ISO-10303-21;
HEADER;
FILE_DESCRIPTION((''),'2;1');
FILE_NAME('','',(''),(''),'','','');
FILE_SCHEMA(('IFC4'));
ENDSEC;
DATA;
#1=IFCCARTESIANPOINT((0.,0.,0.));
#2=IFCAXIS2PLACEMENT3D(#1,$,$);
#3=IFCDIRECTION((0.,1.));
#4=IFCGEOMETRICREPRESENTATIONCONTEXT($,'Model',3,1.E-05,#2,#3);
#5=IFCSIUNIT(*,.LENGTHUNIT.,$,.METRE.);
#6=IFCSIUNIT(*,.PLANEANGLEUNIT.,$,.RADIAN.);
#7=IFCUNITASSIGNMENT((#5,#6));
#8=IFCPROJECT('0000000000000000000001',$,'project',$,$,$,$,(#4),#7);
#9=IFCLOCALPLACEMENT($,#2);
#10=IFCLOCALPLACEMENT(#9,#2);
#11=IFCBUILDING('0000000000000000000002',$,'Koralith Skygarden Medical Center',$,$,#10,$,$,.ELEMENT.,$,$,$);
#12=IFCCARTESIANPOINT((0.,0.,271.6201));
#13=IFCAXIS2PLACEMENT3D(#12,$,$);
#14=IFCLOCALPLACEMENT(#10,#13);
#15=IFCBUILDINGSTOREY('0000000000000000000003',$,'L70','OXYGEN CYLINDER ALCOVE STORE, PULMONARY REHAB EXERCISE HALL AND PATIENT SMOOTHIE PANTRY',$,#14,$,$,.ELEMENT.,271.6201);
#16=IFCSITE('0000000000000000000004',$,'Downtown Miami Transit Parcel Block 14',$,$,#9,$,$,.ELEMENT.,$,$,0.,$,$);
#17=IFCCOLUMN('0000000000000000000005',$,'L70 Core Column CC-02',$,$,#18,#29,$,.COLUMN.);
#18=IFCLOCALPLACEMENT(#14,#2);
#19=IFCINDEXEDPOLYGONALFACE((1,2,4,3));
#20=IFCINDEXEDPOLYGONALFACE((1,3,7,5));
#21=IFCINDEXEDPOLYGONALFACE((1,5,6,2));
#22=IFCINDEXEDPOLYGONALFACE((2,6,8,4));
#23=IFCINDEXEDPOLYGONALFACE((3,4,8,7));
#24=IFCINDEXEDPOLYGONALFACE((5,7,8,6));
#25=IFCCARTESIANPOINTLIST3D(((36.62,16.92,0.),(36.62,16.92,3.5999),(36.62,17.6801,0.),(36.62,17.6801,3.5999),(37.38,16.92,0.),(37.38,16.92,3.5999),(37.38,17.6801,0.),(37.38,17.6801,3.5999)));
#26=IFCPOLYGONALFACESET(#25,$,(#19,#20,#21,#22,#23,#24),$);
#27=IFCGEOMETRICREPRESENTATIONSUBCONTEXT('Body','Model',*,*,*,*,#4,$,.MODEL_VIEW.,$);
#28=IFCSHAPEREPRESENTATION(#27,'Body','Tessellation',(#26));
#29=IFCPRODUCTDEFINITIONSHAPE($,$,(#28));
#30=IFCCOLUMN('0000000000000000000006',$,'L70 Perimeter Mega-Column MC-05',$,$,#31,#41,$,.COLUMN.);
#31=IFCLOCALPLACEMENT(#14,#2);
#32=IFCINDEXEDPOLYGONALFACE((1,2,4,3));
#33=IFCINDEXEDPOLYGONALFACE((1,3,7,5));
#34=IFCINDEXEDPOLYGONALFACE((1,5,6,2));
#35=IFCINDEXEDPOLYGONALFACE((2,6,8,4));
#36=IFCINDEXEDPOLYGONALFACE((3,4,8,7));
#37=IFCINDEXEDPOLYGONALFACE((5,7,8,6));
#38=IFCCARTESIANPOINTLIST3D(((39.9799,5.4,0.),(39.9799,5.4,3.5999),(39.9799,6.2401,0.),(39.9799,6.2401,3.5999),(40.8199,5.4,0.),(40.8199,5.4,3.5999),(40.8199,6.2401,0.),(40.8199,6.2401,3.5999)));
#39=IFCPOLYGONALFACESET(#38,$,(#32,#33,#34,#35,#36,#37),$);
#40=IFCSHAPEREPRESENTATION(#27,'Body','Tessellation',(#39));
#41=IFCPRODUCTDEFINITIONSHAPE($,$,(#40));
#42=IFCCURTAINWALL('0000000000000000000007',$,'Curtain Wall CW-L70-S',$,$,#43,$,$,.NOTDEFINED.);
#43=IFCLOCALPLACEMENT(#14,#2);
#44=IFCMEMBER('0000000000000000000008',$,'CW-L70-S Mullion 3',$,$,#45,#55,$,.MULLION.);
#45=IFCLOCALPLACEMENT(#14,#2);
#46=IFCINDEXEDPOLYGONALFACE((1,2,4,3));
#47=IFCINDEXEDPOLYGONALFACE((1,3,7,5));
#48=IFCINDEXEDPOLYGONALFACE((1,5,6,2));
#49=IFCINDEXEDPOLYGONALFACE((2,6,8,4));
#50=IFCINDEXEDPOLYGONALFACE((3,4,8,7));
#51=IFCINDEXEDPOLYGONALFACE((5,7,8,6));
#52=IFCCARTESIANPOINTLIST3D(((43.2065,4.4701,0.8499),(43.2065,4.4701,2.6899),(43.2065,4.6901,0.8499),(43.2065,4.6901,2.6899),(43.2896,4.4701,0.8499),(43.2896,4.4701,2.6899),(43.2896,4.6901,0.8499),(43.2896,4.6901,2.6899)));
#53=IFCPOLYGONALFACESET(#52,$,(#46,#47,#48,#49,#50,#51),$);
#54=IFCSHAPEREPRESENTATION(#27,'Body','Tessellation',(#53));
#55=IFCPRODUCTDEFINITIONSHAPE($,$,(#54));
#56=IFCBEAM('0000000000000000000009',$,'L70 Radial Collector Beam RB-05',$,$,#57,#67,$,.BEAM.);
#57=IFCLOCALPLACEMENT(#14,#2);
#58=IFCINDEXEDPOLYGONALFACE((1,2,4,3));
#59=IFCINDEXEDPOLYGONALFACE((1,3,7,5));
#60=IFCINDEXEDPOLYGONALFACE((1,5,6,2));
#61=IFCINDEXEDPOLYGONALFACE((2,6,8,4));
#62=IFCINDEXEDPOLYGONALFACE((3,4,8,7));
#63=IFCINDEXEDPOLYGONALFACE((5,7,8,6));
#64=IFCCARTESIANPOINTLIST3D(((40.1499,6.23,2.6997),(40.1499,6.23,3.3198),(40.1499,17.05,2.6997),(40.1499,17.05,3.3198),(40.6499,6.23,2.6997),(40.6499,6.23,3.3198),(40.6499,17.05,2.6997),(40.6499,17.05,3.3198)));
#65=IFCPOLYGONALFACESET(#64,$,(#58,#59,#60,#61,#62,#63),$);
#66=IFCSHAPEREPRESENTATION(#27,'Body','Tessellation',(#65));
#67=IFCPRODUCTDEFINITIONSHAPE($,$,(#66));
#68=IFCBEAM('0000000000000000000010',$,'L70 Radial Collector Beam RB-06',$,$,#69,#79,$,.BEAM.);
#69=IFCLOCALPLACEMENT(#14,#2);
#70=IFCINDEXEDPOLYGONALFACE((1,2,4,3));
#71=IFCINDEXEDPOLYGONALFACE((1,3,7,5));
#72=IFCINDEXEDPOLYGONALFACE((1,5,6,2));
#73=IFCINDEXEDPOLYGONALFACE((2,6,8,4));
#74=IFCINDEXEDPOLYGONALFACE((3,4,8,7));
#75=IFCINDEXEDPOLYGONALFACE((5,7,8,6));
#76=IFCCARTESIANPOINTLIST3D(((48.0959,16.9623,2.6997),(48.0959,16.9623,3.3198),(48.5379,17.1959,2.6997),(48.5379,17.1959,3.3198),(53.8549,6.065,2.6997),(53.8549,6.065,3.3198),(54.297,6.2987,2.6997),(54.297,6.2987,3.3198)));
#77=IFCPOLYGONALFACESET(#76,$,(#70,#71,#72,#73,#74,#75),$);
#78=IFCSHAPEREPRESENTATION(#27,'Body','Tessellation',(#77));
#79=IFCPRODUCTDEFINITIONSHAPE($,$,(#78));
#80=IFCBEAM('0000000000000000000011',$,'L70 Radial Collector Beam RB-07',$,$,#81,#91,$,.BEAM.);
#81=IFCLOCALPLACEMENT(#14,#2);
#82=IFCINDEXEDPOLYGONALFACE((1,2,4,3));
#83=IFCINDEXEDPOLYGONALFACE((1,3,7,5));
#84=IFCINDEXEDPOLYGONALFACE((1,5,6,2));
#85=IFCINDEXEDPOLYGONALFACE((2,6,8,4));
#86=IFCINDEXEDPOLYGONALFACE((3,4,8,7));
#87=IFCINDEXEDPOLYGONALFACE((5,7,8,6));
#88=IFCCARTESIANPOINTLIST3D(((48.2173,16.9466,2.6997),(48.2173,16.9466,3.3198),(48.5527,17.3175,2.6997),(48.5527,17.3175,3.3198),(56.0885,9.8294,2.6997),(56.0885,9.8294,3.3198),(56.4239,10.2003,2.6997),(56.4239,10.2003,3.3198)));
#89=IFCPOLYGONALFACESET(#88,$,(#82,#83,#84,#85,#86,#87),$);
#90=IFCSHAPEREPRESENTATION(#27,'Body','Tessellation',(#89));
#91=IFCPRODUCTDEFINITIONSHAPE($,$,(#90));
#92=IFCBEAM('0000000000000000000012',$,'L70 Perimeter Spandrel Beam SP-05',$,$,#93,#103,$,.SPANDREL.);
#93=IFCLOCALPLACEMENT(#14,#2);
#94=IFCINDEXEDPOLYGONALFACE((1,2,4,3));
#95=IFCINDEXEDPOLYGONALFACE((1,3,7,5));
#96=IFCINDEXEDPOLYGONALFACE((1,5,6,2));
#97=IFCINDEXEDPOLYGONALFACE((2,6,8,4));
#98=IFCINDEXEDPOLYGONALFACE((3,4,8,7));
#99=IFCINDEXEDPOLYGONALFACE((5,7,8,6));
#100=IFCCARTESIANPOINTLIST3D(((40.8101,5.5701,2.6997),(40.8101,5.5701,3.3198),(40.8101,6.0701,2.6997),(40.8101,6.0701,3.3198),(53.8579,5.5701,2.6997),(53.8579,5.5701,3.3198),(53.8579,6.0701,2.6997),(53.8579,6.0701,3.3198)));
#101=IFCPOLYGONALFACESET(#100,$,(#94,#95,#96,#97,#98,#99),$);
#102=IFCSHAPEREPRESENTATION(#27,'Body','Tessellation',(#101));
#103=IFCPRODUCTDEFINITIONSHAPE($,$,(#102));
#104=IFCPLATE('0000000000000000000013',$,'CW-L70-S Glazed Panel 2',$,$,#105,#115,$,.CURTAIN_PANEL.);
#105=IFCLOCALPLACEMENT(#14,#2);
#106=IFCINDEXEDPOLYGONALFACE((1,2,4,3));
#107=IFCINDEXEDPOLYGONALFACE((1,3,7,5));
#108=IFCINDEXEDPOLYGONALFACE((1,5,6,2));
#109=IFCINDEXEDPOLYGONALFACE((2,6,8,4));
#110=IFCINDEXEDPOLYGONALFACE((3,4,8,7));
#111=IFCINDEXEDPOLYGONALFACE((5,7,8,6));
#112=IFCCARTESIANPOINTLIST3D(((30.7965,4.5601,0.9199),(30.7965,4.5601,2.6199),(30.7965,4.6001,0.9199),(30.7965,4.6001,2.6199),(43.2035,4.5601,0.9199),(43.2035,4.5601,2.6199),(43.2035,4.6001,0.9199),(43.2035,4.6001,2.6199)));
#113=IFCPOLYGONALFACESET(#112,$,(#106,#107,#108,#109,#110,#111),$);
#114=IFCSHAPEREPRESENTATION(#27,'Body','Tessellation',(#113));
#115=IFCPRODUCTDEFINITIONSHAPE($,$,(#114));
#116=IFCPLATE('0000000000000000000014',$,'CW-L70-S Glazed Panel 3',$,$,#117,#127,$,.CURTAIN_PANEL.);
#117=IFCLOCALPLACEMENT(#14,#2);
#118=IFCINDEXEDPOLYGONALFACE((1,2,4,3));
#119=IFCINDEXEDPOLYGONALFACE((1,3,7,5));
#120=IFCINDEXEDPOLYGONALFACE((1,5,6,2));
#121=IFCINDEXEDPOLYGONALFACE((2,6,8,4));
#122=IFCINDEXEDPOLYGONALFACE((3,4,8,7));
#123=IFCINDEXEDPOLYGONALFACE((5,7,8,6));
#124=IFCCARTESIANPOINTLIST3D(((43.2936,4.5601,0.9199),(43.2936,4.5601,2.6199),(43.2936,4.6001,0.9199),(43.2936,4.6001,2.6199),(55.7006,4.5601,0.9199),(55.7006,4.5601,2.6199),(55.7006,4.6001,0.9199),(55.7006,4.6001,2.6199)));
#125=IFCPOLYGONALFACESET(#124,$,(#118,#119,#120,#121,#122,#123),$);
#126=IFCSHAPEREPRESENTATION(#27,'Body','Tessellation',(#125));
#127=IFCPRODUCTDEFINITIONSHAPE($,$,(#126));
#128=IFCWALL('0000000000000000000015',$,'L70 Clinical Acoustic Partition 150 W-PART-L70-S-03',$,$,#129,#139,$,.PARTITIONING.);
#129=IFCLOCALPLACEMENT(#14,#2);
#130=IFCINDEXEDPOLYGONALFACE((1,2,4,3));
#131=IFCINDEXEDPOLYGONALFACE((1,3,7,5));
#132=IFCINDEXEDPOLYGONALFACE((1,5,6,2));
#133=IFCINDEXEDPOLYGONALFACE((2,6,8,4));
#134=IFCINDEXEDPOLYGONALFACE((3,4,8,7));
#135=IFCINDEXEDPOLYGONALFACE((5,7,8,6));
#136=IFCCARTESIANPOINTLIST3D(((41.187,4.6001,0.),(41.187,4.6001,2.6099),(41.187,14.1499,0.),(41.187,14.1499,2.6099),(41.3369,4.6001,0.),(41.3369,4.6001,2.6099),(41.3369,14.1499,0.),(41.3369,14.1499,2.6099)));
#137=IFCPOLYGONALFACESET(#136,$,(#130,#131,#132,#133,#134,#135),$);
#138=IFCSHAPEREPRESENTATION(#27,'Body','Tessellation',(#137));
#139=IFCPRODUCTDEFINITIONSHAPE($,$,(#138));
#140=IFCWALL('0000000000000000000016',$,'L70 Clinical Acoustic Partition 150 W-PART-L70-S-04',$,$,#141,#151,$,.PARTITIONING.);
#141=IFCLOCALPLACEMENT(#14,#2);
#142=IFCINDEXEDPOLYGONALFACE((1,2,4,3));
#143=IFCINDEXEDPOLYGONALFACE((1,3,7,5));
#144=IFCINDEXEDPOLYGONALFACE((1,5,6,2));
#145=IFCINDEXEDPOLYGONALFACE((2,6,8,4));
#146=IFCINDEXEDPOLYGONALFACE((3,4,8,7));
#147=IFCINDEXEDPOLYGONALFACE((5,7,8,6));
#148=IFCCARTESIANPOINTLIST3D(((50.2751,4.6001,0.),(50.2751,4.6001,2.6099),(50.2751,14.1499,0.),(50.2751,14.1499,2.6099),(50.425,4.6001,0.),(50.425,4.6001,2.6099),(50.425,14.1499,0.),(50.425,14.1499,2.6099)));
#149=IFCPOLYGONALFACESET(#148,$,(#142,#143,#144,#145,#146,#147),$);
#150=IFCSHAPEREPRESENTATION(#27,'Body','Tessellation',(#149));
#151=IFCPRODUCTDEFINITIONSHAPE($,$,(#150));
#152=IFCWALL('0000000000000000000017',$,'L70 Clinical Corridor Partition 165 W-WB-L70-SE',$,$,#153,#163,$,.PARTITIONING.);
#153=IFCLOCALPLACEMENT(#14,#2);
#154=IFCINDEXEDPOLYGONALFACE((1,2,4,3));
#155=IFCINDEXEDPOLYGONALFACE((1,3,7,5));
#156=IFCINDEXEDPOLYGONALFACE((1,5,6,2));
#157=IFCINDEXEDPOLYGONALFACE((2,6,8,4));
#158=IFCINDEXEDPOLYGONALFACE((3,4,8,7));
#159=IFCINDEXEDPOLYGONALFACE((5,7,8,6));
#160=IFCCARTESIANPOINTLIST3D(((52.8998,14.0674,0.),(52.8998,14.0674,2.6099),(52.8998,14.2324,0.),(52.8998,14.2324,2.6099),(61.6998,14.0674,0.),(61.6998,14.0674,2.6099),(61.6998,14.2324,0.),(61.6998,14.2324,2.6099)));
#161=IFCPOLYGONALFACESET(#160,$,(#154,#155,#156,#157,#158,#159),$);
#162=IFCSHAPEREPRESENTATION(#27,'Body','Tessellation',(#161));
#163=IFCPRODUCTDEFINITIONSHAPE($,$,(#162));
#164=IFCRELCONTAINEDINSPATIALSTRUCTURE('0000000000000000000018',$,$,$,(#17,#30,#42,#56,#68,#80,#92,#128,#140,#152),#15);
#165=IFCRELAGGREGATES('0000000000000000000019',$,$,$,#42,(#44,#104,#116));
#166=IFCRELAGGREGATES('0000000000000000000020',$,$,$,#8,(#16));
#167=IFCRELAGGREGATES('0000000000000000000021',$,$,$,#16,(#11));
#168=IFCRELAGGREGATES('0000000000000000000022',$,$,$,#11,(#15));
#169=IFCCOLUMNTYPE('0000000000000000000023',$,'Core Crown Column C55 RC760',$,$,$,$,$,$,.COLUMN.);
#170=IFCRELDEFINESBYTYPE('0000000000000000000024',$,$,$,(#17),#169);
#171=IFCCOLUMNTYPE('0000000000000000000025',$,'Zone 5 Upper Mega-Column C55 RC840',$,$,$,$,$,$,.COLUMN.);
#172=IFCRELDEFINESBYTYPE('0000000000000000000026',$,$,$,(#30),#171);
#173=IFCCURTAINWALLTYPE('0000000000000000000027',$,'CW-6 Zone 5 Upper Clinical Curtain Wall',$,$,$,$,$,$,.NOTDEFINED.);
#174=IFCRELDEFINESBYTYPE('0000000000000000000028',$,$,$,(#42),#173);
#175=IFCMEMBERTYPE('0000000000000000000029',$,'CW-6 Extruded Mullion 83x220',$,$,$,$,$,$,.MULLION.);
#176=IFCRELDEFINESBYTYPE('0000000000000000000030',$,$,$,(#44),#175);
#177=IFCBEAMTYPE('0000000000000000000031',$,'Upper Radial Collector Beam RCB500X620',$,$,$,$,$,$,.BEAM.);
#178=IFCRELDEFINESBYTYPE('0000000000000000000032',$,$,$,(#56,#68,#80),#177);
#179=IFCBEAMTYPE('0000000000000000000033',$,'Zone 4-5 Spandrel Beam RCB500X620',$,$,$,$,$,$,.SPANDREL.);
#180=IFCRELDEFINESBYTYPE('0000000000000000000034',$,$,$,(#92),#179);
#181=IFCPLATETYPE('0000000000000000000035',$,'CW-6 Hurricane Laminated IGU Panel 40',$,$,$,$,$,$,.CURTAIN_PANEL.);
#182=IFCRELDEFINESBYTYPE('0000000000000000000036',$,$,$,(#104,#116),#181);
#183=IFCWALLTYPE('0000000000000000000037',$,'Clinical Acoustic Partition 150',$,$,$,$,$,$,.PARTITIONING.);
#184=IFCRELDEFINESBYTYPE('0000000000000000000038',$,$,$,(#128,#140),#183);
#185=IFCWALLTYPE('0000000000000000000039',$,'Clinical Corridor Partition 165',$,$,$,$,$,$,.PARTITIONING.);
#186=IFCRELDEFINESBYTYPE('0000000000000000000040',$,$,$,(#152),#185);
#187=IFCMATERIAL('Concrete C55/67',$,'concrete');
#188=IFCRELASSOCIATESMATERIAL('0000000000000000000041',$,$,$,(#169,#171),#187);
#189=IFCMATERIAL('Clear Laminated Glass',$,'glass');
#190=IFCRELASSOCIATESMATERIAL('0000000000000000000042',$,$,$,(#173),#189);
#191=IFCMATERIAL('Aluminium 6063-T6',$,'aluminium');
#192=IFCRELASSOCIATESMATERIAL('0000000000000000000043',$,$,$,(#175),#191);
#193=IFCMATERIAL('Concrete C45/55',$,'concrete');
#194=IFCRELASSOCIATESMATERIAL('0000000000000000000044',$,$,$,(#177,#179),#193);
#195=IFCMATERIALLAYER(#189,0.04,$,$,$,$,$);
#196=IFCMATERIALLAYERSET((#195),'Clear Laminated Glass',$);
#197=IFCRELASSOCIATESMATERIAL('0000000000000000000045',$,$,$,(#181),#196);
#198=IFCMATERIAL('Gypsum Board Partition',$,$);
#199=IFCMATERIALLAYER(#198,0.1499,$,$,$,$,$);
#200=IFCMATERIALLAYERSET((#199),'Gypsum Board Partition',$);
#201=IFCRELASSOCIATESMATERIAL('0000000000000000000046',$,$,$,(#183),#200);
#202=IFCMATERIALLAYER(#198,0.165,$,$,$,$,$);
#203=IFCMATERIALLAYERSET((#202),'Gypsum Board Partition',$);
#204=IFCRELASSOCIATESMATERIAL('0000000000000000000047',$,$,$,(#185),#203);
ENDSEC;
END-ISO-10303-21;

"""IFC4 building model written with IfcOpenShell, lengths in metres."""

from ifc_helpers import new_model, si_unit, direction, frame, frame_2d, origin, origin_2d, place, context, subcontext, project, spatial, rectangle, extrude, material, layer, layer_set, material_profile, profile_set, type_object, element, aggregate, save


model = new_model("IFC4")

# Units and contexts
model_context = context("Model", 3, precision=1e-05, world=origin(), true_north=direction((0.0, 1.0)))
body_context = subcontext(model_context, "Body", "Model", "MODEL_VIEW")
ifc_project = project(units=[si_unit("LENGTHUNIT", "METRE"), si_unit("PLANEANGLEUNIT", "RADIAN")], contexts=[model_context])

# Site, building, storey
site_placement = place(None, origin())
site = spatial("IfcSite", under=ifc_project, at=site_placement, Name="Downtown Miami Transit Parcel Block 14", CompositionType="ELEMENT", RefElevation=0.0)
building_placement = place(site_placement, origin())
building = spatial("IfcBuilding", under=site, at=building_placement, Name="Koralith Skygarden Medical Center", CompositionType="ELEMENT")
storey_placement = place(building_placement, frame((0.0, 0.0, 271.6201)))
storey = spatial("IfcBuildingStorey", under=building, at=storey_placement, Name="L70", Description="OXYGEN CYLINDER ALCOVE STORE, PULMONARY REHAB EXERCISE HALL AND PATIENT SMOOTHIE PANTRY", CompositionType="ELEMENT", Elevation=271.6201)

# Columns
ifc_material_1 = material(Name="Concrete C55/67", Category="concrete")
ifc_material_profile_1 = material_profile(ifc_material_1, rectangle(XDim=0.76, YDim=0.76, at=origin_2d()), Name="RC760X760")
ifc_profile_set_1 = profile_set([ifc_material_profile_1], Name="Concrete C55/67")
column_type_1 = type_object("IfcColumnType", Name="Core Crown Column C55 RC760", PredefinedType="COLUMN", material=ifc_profile_set_1)
column_1_placement = place(storey_placement, frame((37.0, 17.3, 0.0), z_axis=(0.0, 0.0, 1.0), x_axis=(1.0, 0.0, 0.0)))
element("IfcColumn", 1, at=column_1_placement, inside=storey, type_object=column_type_1, Name="L70 Core Column CC-02", PredefinedType="COLUMN", context=body_context, shape_type="SweptSolid", body=[
    extrude(rectangle(XDim=0.76, YDim=0.76, at=origin_2d()), origin(), (0.0, 0.0, 1.0), 3.5999),
])
ifc_material_profile_2 = material_profile(ifc_material_1, rectangle(XDim=0.8401, YDim=0.8401, at=origin_2d()), Name="RC840X840")
ifc_profile_set_2 = profile_set([ifc_material_profile_2], Name="Concrete C55/67")
column_type_2 = type_object("IfcColumnType", Name="Zone 5 Upper Mega-Column C55 RC840", PredefinedType="COLUMN", material=ifc_profile_set_2)
column_2_placement = place(storey_placement, frame((40.3999, 5.8201, 0.0), z_axis=(0.0, 0.0, 1.0), x_axis=(1.0, 0.0, 0.0)))
element("IfcColumn", 2, at=column_2_placement, inside=storey, type_object=column_type_2, Name="L70 Perimeter Mega-Column MC-05", PredefinedType="COLUMN", context=body_context, shape_type="SweptSolid", body=[
    extrude(rectangle(XDim=0.8401, YDim=0.8401, at=origin_2d()), origin(), (0.0, 0.0, 1.0), 3.5999),
])

# Curtain wall, member
ifc_material_2 = material(Name="Clear Laminated Glass", Category="glass")
curtain_wall_type = type_object("IfcCurtainWallType", Name="CW-6 Zone 5 Upper Clinical Curtain Wall", PredefinedType="NOTDEFINED", material=ifc_material_2)
curtain_wall_placement = place(storey_placement, origin())
curtain_wall = element("IfcCurtainWall", 3, at=curtain_wall_placement, inside=storey, type_object=curtain_wall_type, Name="Curtain Wall CW-L70-S", PredefinedType="NOTDEFINED")
ifc_material_3 = material(Name="Aluminium 6063-T6", Category="aluminium")
ifc_material_profile_3 = material_profile(ifc_material_3, rectangle(XDim=0.083, YDim=0.22, at=origin_2d()), Name="MUL83X220")
ifc_profile_set_3 = profile_set([ifc_material_profile_3], Name="Aluminium 6063-T6")
member_type = type_object("IfcMemberType", Name="CW-6 Extruded Mullion 83x220", PredefinedType="MULLION", material=ifc_profile_set_3)
member_placement = place(storey_placement, frame((43.248, 4.5801, 0.8499), z_axis=(0.0, 0.0, 1.0), x_axis=(1.0, 0.0, 0.0)))
member = element("IfcMember", 4, at=member_placement, type_object=member_type, Name="CW-L70-S Mullion 3", PredefinedType="MULLION", context=body_context, shape_type="SweptSolid", body=[
    extrude(rectangle(XDim=0.083, YDim=0.22, at=origin_2d()), origin(), (0.0, 0.0, 1.0), 1.8401),
])

# Beams
ifc_material_4 = material(Name="Concrete C45/55", Category="concrete")
ifc_material_profile_4 = material_profile(ifc_material_4, rectangle(XDim=0.5, YDim=0.6201, at=origin_2d()), Name="RCB500X620")
ifc_profile_set_4 = profile_set([ifc_material_profile_4], Name="Concrete C45/55")
beam_type_1 = type_object("IfcBeamType", Name="Upper Radial Collector Beam RCB500X620", PredefinedType="BEAM", material=ifc_profile_set_4)
beam_1_placement = place(storey_placement, frame((40.3999, 17.05, 3.0098), z_axis=(0.0, -1.0, 0.0), x_axis=(1.0, 0.0, 0.0)))
element("IfcBeam", 5, at=beam_1_placement, inside=storey, type_object=beam_type_1, Name="L70 Radial Collector Beam RB-05", PredefinedType="BEAM", context=body_context, shape_type="SweptSolid", body=[
    extrude(rectangle(XDim=0.5, YDim=0.6201, at=origin_2d()), origin(), (0.0, 0.0, 1.0), 10.8201),
])
beam_2_placement = place(storey_placement, frame((48.3169, 17.0791, 3.0098), z_axis=(0.467249, -0.884126, 0.0), x_axis=(0.884126, 0.467249, 0.0)))
element("IfcBeam", 6, at=beam_2_placement, inside=storey, type_object=beam_type_1, Name="L70 Radial Collector Beam RB-06", PredefinedType="BEAM", context=body_context, shape_type="SweptSolid", body=[
    extrude(rectangle(XDim=0.5, YDim=0.6201, at=origin_2d()), origin(), (0.0, 0.0, 1.0), 12.3254),
])
beam_3_placement = place(storey_placement, frame((48.385, 17.1321, 3.0098), z_axis=(0.741736, -0.670692, 0.0), x_axis=(0.670692, 0.741736, 0.0)))
element("IfcBeam", 7, at=beam_3_placement, inside=storey, type_object=beam_type_1, Name="L70 Radial Collector Beam RB-07", PredefinedType="BEAM", context=body_context, shape_type="SweptSolid", body=[
    extrude(rectangle(XDim=0.5, YDim=0.6201, at=origin_2d()), origin(), (0.0, 0.0, 1.0), 10.6118),
])
ifc_material_profile_5 = material_profile(ifc_material_4, rectangle(XDim=0.5, YDim=0.6201, at=origin_2d()), Name="RCB500X620")
ifc_profile_set_5 = profile_set([ifc_material_profile_5], Name="Concrete C45/55")
beam_type_2 = type_object("IfcBeamType", Name="Zone 4-5 Spandrel Beam RCB500X620", PredefinedType="SPANDREL", material=ifc_profile_set_5)
beam_4_placement = place(storey_placement, frame((40.8101, 5.8201, 3.0098), z_axis=(1.0, 0.0, 0.0), x_axis=(0.0, 1.0, 0.0)))
element("IfcBeam", 8, at=beam_4_placement, inside=storey, type_object=beam_type_2, Name="L70 Perimeter Spandrel Beam SP-05", PredefinedType="SPANDREL", context=body_context, shape_type="SweptSolid", body=[
    extrude(rectangle(XDim=0.5, YDim=0.6201, at=origin_2d()), origin(), (0.0, 0.0, 1.0), 13.0479),
])

# Plates
ifc_layer_1 = layer(ifc_material_2, 0.04)
ifc_layer_set_1 = layer_set([ifc_layer_1], Name="Clear Laminated Glass")
plate_type = type_object("IfcPlateType", Name="CW-6 Hurricane Laminated IGU Panel 40", PredefinedType="CURTAIN_PANEL", material=ifc_layer_set_1)
plate_1_placement = place(storey_placement, frame((37.0, 4.5801, 0.9199), z_axis=(0.0, 0.0, 1.0), x_axis=(1.0, 0.0, 0.0)))
plate_1 = element("IfcPlate", 9, at=plate_1_placement, type_object=plate_type, Name="CW-L70-S Glazed Panel 2", PredefinedType="CURTAIN_PANEL", context=body_context, shape_type="SweptSolid", body=[
    extrude(rectangle(XDim=12.407, YDim=0.04, at=origin_2d()), origin(), (0.0, 0.0, 1.0), 1.7),
])
plate_2_placement = place(storey_placement, frame((49.4971, 4.5801, 0.9199), z_axis=(0.0, 0.0, 1.0), x_axis=(1.0, 0.0, 0.0)))
plate_2 = element("IfcPlate", 10, at=plate_2_placement, type_object=plate_type, Name="CW-L70-S Glazed Panel 3", PredefinedType="CURTAIN_PANEL", context=body_context, shape_type="SweptSolid", body=[
    extrude(rectangle(XDim=12.407, YDim=0.04, at=origin_2d()), origin(), (0.0, 0.0, 1.0), 1.7),
])
aggregate(curtain_wall, [member, plate_1, plate_2])

# Walls
ifc_material_5 = material(Name="Gypsum Board Partition")
ifc_layer_2 = layer(ifc_material_5, 0.1499)
ifc_layer_set_2 = layer_set([ifc_layer_2], Name="Gypsum Board Partition")
wall_type_1 = type_object("IfcWallType", Name="Clinical Acoustic Partition 150", PredefinedType="PARTITIONING", material=ifc_layer_set_2)
for number, where, z_axis, x_axis, name in (
    (11, (41.262, 14.1499, 0.0), (0.0, 0.0, 1.0), (0.0, -1.0, 0.0), "L70 Clinical Acoustic Partition 150 W-PART-L70-S-03"),
    (12, (50.3501, 14.1499, 0.0), (0.0, 0.0, 1.0), (0.0, -1.0, 0.0), "L70 Clinical Acoustic Partition 150 W-PART-L70-S-04"),
):
    element("IfcWall", number, at=place(storey_placement, frame(where, z_axis=z_axis, x_axis=x_axis)), inside=storey, type_object=wall_type_1, Name=name, PredefinedType="PARTITIONING", context=body_context, shape_type="SweptSolid", body=[
        extrude(rectangle(XDim=9.5498, YDim=0.1499, at=frame_2d((4.7749, 0.0))), origin(), (0.0, 0.0, 1.0), 2.6099),
    ])
ifc_layer_3 = layer(ifc_material_5, 0.165)
ifc_layer_set_3 = layer_set([ifc_layer_3], Name="Gypsum Board Partition")
wall_type_2 = type_object("IfcWallType", Name="Clinical Corridor Partition 165", PredefinedType="PARTITIONING", material=ifc_layer_set_3)
wall_1_placement = place(storey_placement, frame((52.8999, 14.1499, 0.0), z_axis=(0.0, 0.0, 1.0), x_axis=(1.0, 0.0, 0.0)))
element("IfcWall", 13, at=wall_1_placement, inside=storey, type_object=wall_type_2, Name="L70 Clinical Corridor Partition 165 W-WB-L70-SE", PredefinedType="PARTITIONING", context=body_context, shape_type="SweptSolid", body=[
    extrude(rectangle(XDim=8.8, YDim=0.165, at=frame_2d((4.3999, 0.0))), origin(), (0.0, 0.0, 1.0), 2.6099),
])

save(model, "model.ifc")
